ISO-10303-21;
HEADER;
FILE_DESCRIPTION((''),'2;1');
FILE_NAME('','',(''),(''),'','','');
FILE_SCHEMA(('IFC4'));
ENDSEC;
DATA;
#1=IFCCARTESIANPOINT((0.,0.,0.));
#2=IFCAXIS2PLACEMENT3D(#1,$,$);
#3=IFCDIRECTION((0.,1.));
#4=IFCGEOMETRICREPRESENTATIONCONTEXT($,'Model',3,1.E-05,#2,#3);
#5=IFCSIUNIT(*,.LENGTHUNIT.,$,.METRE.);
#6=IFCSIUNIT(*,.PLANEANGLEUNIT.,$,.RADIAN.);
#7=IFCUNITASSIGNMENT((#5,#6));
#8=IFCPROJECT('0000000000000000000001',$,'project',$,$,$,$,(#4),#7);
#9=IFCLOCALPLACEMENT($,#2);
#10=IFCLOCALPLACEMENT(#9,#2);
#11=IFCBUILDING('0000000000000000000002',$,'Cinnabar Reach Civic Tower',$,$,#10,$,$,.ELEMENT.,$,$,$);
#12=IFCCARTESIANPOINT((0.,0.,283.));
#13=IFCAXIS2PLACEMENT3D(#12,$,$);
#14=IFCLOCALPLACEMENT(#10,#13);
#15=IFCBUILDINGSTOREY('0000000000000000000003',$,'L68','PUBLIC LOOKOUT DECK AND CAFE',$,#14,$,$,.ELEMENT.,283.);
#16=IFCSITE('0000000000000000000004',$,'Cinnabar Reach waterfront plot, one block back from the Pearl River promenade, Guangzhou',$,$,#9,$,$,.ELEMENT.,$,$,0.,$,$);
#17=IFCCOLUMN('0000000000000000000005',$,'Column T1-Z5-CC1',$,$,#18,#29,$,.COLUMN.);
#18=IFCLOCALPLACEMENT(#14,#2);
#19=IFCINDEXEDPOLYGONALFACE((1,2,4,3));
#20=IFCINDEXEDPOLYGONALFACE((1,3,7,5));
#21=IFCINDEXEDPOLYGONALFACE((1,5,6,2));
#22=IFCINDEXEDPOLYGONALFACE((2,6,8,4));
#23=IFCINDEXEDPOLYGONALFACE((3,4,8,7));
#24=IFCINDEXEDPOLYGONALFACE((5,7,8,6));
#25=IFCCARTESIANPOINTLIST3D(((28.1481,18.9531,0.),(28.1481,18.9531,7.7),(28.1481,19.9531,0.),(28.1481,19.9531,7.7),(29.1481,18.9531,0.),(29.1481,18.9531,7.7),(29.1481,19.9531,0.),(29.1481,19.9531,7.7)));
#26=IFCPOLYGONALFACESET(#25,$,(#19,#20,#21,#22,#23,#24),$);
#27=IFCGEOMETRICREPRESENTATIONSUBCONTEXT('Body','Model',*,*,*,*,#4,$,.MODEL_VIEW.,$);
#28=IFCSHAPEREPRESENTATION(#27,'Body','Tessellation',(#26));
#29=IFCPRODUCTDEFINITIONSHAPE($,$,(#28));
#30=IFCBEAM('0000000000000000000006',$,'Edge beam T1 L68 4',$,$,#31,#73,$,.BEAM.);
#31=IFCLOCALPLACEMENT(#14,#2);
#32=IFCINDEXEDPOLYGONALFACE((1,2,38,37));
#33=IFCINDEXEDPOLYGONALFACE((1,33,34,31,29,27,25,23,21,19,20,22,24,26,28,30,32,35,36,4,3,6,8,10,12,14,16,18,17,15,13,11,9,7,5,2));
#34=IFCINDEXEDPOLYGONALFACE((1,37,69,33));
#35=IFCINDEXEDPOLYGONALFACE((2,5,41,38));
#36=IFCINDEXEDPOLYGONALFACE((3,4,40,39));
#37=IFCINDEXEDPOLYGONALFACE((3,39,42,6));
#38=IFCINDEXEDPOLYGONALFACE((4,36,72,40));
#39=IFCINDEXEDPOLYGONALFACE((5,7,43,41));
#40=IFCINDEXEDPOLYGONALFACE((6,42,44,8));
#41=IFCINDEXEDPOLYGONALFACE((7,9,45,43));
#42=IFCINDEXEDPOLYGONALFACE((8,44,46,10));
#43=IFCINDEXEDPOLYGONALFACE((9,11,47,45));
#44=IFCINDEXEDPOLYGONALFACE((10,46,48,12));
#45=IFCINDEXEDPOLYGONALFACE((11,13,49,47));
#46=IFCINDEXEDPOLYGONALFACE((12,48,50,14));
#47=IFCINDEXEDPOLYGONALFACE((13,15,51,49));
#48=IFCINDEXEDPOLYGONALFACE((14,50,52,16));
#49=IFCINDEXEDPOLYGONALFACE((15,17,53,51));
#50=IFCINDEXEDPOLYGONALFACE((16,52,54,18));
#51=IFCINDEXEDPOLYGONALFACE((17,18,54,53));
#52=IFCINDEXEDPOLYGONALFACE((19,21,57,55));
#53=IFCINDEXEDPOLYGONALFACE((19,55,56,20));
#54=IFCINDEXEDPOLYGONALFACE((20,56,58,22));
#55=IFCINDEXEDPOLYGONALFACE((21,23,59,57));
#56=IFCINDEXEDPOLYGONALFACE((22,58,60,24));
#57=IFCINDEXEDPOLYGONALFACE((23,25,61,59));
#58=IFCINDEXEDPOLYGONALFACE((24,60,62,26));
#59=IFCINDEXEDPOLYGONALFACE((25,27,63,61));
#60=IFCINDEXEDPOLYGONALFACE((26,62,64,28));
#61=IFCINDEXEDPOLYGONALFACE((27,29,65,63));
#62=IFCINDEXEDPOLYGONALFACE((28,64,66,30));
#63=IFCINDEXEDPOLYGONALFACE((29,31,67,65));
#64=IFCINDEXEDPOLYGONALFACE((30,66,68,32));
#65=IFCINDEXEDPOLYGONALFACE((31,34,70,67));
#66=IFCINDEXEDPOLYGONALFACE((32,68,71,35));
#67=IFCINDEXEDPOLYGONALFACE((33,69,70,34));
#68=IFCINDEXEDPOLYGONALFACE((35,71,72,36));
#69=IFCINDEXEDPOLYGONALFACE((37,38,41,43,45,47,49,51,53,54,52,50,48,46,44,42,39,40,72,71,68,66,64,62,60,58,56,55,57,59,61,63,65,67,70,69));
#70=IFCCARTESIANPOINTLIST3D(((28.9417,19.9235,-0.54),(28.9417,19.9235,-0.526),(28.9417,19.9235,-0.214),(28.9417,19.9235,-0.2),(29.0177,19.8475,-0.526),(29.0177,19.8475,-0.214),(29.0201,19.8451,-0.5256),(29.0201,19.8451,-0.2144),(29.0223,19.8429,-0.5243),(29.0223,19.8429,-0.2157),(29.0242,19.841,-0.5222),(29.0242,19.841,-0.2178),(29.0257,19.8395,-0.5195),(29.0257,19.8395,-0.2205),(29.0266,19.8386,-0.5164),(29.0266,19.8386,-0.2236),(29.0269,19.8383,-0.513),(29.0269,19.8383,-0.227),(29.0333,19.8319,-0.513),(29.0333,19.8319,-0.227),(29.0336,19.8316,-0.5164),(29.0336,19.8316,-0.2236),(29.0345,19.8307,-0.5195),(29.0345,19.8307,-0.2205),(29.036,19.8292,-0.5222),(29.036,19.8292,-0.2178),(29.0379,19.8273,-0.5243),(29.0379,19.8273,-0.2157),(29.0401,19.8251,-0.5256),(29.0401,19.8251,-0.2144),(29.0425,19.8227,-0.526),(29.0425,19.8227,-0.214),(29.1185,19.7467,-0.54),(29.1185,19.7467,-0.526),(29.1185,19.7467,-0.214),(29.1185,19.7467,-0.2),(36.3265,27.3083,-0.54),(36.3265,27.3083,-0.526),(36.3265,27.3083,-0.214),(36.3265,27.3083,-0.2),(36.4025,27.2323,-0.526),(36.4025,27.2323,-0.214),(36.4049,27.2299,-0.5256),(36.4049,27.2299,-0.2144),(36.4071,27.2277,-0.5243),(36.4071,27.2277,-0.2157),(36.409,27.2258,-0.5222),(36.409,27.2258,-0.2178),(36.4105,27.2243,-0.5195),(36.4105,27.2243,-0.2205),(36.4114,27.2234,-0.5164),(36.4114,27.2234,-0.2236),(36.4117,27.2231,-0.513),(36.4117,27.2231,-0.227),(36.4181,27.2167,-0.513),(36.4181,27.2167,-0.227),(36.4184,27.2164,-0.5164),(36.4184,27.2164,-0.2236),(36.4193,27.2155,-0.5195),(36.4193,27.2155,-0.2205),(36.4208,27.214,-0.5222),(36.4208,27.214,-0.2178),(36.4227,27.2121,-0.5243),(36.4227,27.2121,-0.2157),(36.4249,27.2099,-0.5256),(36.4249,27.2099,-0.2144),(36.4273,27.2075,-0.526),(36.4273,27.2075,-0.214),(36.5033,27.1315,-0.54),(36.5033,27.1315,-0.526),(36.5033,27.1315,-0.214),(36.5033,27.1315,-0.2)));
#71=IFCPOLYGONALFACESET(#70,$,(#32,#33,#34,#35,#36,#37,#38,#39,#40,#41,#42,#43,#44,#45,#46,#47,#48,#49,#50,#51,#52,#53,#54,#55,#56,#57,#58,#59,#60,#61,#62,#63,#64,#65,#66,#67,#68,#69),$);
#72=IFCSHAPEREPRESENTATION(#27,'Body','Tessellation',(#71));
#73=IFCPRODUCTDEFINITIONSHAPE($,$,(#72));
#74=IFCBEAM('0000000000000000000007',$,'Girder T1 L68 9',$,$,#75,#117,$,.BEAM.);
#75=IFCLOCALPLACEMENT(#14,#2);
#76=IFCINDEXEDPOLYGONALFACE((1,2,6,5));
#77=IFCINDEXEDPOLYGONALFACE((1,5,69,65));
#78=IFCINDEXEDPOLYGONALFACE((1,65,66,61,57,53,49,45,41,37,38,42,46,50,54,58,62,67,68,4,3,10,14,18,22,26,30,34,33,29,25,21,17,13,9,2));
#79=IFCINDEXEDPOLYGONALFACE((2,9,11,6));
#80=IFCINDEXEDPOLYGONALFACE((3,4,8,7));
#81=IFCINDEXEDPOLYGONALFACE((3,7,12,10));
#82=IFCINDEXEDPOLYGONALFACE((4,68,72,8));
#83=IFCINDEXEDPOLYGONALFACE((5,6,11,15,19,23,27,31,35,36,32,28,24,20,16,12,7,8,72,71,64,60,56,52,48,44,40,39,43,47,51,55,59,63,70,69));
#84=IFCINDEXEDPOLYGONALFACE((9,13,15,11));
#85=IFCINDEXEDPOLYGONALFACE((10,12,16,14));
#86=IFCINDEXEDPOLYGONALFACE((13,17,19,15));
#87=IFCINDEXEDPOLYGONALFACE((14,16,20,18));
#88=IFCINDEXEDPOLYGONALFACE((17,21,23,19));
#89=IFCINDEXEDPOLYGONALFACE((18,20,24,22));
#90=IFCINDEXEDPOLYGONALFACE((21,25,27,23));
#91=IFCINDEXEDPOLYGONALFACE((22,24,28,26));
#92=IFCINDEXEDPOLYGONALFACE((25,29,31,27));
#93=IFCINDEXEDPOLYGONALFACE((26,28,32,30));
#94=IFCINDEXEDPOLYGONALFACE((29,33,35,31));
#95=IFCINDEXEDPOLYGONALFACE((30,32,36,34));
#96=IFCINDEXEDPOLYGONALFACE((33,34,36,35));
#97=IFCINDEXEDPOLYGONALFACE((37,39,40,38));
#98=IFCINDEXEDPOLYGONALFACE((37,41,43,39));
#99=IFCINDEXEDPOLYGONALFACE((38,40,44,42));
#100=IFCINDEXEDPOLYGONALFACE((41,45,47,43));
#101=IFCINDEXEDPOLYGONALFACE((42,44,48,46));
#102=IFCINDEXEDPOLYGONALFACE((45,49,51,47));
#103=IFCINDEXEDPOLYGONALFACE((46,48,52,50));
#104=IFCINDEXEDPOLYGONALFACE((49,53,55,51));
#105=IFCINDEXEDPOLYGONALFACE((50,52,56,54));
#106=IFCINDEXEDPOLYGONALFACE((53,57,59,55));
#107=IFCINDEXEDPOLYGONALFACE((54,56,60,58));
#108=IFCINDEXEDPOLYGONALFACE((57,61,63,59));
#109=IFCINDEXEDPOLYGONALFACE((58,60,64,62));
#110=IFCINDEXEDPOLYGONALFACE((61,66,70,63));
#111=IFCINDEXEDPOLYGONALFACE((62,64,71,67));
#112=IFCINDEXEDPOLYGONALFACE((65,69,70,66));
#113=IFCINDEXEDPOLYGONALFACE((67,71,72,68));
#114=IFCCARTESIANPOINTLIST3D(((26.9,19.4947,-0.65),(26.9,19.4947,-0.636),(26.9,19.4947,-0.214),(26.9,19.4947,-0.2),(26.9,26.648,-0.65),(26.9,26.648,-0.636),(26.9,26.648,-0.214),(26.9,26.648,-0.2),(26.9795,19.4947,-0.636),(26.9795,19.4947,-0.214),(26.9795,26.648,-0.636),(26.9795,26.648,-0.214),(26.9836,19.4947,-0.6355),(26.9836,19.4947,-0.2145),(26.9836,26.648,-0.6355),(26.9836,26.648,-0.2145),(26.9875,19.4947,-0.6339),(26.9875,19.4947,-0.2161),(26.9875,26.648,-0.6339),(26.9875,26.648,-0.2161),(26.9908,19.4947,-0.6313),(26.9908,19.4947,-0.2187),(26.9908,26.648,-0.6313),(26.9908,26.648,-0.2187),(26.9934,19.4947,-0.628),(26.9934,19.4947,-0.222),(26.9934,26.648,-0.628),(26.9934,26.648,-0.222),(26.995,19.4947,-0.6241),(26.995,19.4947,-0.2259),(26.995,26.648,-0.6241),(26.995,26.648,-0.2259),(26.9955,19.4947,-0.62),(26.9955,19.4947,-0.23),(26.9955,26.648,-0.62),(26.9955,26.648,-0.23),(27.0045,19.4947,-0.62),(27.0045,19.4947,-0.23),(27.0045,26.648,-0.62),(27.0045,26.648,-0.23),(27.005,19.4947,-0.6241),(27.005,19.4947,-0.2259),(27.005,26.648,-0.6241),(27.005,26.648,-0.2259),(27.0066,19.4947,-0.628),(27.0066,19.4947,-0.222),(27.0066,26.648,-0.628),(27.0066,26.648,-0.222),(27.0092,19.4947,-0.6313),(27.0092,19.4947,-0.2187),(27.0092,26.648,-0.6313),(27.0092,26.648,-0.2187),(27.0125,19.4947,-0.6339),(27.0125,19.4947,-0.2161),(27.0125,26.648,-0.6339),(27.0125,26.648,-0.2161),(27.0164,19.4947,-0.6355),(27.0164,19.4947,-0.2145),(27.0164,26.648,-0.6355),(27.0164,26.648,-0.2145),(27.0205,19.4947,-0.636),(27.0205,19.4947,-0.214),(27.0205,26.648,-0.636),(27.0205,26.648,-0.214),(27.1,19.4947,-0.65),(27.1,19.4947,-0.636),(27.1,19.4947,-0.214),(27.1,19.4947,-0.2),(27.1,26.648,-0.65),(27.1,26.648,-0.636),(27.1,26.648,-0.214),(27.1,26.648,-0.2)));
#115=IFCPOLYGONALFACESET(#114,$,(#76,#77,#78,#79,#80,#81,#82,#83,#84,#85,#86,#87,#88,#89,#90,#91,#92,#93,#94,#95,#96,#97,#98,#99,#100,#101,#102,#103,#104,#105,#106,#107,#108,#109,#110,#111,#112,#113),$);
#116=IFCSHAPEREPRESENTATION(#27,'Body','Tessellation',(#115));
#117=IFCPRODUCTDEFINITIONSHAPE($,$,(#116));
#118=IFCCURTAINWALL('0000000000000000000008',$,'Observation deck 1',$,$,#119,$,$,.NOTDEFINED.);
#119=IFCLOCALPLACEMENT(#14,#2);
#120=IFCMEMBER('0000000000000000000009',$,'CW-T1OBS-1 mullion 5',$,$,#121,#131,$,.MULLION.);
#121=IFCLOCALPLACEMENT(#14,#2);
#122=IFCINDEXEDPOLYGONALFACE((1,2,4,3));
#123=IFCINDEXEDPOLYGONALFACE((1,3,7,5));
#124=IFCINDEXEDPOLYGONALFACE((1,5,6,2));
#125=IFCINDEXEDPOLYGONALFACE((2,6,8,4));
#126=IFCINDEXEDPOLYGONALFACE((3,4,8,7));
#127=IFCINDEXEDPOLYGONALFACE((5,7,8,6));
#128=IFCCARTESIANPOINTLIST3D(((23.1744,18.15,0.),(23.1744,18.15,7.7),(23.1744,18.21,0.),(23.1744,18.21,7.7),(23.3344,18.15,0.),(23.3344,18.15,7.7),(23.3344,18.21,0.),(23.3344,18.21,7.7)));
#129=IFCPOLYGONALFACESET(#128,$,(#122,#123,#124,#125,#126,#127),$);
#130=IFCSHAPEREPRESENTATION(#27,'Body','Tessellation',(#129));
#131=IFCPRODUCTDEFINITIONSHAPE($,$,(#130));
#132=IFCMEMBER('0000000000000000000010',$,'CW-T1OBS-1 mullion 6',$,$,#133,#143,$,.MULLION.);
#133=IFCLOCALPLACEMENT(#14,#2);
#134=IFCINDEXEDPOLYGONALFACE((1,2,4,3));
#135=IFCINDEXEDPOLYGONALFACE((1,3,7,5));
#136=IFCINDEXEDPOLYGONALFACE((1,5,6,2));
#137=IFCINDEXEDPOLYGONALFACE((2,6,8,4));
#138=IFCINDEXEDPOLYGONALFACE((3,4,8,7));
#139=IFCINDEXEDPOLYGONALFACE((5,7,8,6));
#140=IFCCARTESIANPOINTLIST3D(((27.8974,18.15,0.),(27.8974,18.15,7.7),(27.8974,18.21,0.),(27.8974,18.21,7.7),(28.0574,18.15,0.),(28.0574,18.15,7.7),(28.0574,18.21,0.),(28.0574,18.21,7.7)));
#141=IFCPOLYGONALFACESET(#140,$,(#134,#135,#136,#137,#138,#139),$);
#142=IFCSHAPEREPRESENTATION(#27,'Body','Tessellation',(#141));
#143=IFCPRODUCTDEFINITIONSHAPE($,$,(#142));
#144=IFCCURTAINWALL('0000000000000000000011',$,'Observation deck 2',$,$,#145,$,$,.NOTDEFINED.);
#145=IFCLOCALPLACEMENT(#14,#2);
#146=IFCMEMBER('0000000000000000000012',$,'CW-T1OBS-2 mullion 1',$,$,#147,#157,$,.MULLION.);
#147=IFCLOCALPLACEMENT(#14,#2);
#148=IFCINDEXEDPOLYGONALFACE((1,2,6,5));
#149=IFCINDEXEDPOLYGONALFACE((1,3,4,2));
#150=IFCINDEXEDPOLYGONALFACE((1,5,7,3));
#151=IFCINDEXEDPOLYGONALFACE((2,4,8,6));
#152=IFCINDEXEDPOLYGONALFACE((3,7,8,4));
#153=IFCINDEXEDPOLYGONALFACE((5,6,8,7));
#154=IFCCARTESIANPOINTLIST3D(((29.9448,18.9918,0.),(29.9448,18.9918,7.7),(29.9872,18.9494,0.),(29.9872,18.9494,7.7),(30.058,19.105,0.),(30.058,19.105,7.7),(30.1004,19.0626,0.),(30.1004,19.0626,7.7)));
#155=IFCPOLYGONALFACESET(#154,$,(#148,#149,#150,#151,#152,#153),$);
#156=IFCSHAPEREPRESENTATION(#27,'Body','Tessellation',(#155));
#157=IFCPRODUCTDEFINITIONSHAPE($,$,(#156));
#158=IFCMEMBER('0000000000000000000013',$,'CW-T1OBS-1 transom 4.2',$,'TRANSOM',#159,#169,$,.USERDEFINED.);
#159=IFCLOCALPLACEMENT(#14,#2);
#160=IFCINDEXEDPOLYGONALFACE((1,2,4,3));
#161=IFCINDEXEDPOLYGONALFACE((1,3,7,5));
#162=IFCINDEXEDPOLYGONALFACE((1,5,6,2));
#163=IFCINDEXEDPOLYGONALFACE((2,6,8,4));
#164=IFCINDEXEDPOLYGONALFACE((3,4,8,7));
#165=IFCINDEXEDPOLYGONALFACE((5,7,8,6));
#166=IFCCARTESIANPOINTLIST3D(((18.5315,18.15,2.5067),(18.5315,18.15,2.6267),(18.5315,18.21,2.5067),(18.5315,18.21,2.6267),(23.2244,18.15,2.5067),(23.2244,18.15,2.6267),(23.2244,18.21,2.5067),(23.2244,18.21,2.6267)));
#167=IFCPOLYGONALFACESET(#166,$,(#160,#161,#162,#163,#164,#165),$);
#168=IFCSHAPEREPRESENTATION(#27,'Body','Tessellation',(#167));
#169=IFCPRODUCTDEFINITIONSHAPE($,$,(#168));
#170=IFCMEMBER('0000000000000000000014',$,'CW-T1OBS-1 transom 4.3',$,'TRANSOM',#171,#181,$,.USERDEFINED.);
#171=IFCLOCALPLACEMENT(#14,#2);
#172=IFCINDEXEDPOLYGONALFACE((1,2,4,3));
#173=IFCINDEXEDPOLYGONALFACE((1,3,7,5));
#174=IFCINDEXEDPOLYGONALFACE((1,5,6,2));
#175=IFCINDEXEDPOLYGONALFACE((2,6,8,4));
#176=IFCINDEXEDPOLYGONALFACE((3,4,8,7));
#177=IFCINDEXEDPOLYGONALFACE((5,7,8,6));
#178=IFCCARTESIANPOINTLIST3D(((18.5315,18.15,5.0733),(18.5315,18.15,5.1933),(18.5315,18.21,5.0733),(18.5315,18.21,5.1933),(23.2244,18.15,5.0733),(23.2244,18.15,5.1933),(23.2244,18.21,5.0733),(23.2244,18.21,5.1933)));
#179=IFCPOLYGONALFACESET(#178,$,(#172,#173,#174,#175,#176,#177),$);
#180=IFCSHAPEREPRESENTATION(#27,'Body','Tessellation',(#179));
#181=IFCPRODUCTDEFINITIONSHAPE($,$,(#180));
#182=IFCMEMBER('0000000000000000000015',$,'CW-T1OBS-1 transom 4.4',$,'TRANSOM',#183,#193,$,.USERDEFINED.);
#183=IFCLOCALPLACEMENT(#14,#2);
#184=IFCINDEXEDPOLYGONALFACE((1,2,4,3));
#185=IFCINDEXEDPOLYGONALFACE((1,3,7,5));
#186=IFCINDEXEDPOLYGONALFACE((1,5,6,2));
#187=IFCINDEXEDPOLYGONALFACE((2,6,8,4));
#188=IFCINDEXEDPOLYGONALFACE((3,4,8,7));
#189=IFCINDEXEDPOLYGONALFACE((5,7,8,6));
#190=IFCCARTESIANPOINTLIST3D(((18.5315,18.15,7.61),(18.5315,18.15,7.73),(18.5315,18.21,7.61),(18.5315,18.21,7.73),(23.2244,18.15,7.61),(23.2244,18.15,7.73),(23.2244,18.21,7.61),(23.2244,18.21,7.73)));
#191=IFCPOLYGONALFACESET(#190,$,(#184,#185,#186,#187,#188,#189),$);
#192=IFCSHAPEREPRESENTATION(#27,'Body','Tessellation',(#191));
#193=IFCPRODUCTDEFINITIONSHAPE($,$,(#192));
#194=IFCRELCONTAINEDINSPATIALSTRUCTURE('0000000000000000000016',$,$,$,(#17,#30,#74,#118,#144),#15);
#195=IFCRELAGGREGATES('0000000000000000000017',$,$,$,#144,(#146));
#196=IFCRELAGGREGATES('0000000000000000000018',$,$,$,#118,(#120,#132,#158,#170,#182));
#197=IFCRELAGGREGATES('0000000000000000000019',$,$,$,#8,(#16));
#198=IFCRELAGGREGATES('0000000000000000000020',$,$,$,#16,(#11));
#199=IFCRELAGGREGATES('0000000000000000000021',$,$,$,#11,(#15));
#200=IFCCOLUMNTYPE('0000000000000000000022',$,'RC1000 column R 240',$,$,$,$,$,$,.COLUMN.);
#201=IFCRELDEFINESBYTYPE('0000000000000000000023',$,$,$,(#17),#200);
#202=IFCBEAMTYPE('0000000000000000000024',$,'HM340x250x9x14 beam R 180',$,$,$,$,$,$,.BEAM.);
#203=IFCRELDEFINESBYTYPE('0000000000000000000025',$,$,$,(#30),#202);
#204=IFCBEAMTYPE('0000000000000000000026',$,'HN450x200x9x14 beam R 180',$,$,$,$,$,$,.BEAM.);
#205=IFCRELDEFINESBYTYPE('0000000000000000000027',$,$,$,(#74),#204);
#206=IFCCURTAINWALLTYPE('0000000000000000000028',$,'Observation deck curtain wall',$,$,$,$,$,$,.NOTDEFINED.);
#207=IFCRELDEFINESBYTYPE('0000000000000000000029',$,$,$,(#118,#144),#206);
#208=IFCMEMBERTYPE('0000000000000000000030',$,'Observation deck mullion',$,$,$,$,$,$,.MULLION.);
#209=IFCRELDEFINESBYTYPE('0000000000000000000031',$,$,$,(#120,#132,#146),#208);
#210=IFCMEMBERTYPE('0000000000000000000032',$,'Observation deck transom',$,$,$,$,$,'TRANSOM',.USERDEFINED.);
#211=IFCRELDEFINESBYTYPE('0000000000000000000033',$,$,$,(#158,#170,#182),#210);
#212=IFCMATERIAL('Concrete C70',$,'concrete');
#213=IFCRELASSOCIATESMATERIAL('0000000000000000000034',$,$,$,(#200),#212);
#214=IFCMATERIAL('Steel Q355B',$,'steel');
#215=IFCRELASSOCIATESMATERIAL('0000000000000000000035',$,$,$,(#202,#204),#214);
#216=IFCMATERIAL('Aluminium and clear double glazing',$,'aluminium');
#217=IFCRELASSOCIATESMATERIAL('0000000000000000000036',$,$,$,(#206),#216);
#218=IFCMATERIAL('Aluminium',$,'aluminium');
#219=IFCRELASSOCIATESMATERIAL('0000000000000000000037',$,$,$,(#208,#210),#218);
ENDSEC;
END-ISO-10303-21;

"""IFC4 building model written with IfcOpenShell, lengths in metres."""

from ifc_helpers import new_model, si_unit, direction, frame, origin, origin_2d, place, context, subcontext, project, spatial, rectangle, i_section, extrude, material, material_profile, profile_set, type_object, element, aggregate, save


model = new_model("IFC4")

# Units and contexts
model_context = context("Model", 3, precision=1e-05, world=origin(), true_north=direction((0.0, 1.0)))
body_context = subcontext(model_context, "Body", "Model", "MODEL_VIEW")
ifc_project = project(units=[si_unit("LENGTHUNIT", "METRE"), si_unit("PLANEANGLEUNIT", "RADIAN")], contexts=[model_context])

# Site, building, storey
site_placement = place(None, origin())
site = spatial("IfcSite", under=ifc_project, at=site_placement, Name="Cinnabar Reach waterfront plot, one block back from the Pearl River promenade, Guangzhou", CompositionType="ELEMENT", RefElevation=0.0)
building_placement = place(site_placement, origin())
building = spatial("IfcBuilding", under=site, at=building_placement, Name="Cinnabar Reach Civic Tower", CompositionType="ELEMENT")
storey_placement = place(building_placement, frame((0.0, 0.0, 283.0)))
storey = spatial("IfcBuildingStorey", under=building, at=storey_placement, Name="L68", Description="PUBLIC LOOKOUT DECK AND CAFE", CompositionType="ELEMENT", Elevation=283.0)

# Column
ifc_material_1 = material(Name="Concrete C70", Category="concrete")
ifc_material_profile_1 = material_profile(ifc_material_1, rectangle(XDim=1.0, YDim=1.0, at=origin_2d()), Name="RC1000")
ifc_profile_set_1 = profile_set([ifc_material_profile_1], Name="Concrete C70")
column_type = type_object("IfcColumnType", Name="RC1000 column R 240", PredefinedType="COLUMN", material=ifc_profile_set_1)
column_placement = place(storey_placement, frame((28.6481, 19.4531, 0.0), z_axis=(0.0, 0.0, 1.0), x_axis=(1.0, 0.0, 0.0)))
element("IfcColumn", 1, at=column_placement, inside=storey, type_object=column_type, Name="Column T1-Z5-CC1", PredefinedType="COLUMN", context=body_context, shape_type="SweptSolid", body=[
    extrude(rectangle(XDim=1.0, YDim=1.0, at=origin_2d()), origin(), (0.0, 0.0, 1.0), 7.7),
])

# Beams
ifc_material_2 = material(Name="Steel Q355B", Category="steel")
ifc_material_profile_2 = material_profile(ifc_material_2, i_section(OverallWidth=0.25, OverallDepth=0.34, WebThickness=0.009, FlangeThickness=0.014, FilletRadius=0.013, at=origin_2d()), Name="HM340x250x9x14")
ifc_profile_set_2 = profile_set([ifc_material_profile_2], Name="Steel Q355B")
beam_type_1 = type_object("IfcBeamType", Name="HM340x250x9x14 beam R 180", PredefinedType="BEAM", material=ifc_profile_set_2)
beam_1_placement = place(storey_placement, frame((29.0301, 19.8351, -0.37), z_axis=(0.707107, 0.707107, 0.0), x_axis=(-0.707107, 0.707107, 0.0)))
element("IfcBeam", 2, at=beam_1_placement, inside=storey, type_object=beam_type_1, Name="Edge beam T1 L68 4", PredefinedType="BEAM", context=body_context, shape_type="SweptSolid", body=[
    extrude(i_section(OverallWidth=0.25, OverallDepth=0.34, WebThickness=0.009, FlangeThickness=0.014, FilletRadius=0.013, at=origin_2d()), origin(), (0.0, 0.0, 1.0), 10.4437),
])
ifc_material_profile_3 = material_profile(ifc_material_2, i_section(OverallWidth=0.2, OverallDepth=0.45, WebThickness=0.009, FlangeThickness=0.014, FilletRadius=0.016, at=origin_2d()), Name="HN450x200x9x14")
ifc_profile_set_3 = profile_set([ifc_material_profile_3], Name="Steel Q355B")
beam_type_2 = type_object("IfcBeamType", Name="HN450x200x9x14 beam R 180", PredefinedType="BEAM", material=ifc_profile_set_3)
beam_2_placement = place(storey_placement, frame((27.0, 19.4947, -0.425), z_axis=(0.0, 1.0, 0.0), x_axis=(-1.0, 0.0, 0.0)))
element("IfcBeam", 3, at=beam_2_placement, inside=storey, type_object=beam_type_2, Name="Girder T1 L68 9", PredefinedType="BEAM", context=body_context, shape_type="SweptSolid", body=[
    extrude(i_section(OverallWidth=0.2, OverallDepth=0.45, WebThickness=0.009, FlangeThickness=0.014, FilletRadius=0.016, at=origin_2d()), origin(), (0.0, 0.0, 1.0), 7.1533),
])

# Curtain wall, members
ifc_material_3 = material(Name="Aluminium and clear double glazing", Category="aluminium")
curtain_wall_type = type_object("IfcCurtainWallType", Name="Observation deck curtain wall", PredefinedType="NOTDEFINED", material=ifc_material_3)
curtain_wall_1_placement = place(storey_placement, origin())
curtain_wall_1 = element("IfcCurtainWall", 4, at=curtain_wall_1_placement, inside=storey, type_object=curtain_wall_type, Name="Observation deck 1", PredefinedType="NOTDEFINED")
ifc_material_4 = material(Name="Aluminium", Category="aluminium")
ifc_material_profile_4 = material_profile(ifc_material_4, rectangle(XDim=0.06, YDim=0.16, at=origin_2d()), Name="Observation deck mullion")
ifc_profile_set_4 = profile_set([ifc_material_profile_4], Name="Aluminium")
member_type_1 = type_object("IfcMemberType", Name="Observation deck mullion", PredefinedType="MULLION", material=ifc_profile_set_4)
member_1_placement = place(storey_placement, frame((23.2544, 18.18, 0.0), z_axis=(0.0, 0.0, 1.0), x_axis=(0.0, 1.0, 0.0)))
member_1 = element("IfcMember", 5, at=member_1_placement, type_object=member_type_1, Name="CW-T1OBS-1 mullion 5", PredefinedType="MULLION", context=body_context, shape_type="SweptSolid", body=[
    extrude(rectangle(XDim=0.06, YDim=0.16, at=origin_2d()), origin(), (0.0, 0.0, 1.0), 7.7),
])
member_2_placement = place(storey_placement, frame((27.9774, 18.18, 0.0), z_axis=(0.0, 0.0, 1.0), x_axis=(0.0, 1.0, 0.0)))
member_2 = element("IfcMember", 6, at=member_2_placement, type_object=member_type_1, Name="CW-T1OBS-1 mullion 6", PredefinedType="MULLION", context=body_context, shape_type="SweptSolid", body=[
    extrude(rectangle(XDim=0.06, YDim=0.16, at=origin_2d()), origin(), (0.0, 0.0, 1.0), 7.7),
])

# Curtain wall, member
curtain_wall_2_placement = place(storey_placement, origin())
curtain_wall_2 = element("IfcCurtainWall", 7, at=curtain_wall_2_placement, inside=storey, type_object=curtain_wall_type, Name="Observation deck 2", PredefinedType="NOTDEFINED")
member_3_placement = place(storey_placement, frame((30.0226, 19.0272, 0.0), z_axis=(0.0, 0.0, 1.0), x_axis=(-0.707107, 0.707107, 0.0)))
member_3 = element("IfcMember", 8, at=member_3_placement, type_object=member_type_1, Name="CW-T1OBS-2 mullion 1", PredefinedType="MULLION", context=body_context, shape_type="SweptSolid", body=[
    extrude(rectangle(XDim=0.06, YDim=0.16, at=origin_2d()), origin(), (0.0, 0.0, 1.0), 7.7),
])

# Members
ifc_material_profile_5 = material_profile(ifc_material_4, rectangle(XDim=0.06, YDim=0.12, at=origin_2d()), Name="Observation deck transom")
ifc_profile_set_5 = profile_set([ifc_material_profile_5], Name="Aluminium")
member_type_2 = type_object("IfcMemberType", Name="Observation deck transom", ElementType="TRANSOM", PredefinedType="USERDEFINED", material=ifc_profile_set_5)
member_4_placement = place(storey_placement, frame((18.5315, 18.18, 2.5667), z_axis=(1.0, 0.0, 0.0), x_axis=(0.0, 1.0, 0.0)))
member_4 = element("IfcMember", 9, at=member_4_placement, type_object=member_type_2, Name="CW-T1OBS-1 transom 4.2", ObjectType="TRANSOM", PredefinedType="USERDEFINED", context=body_context, shape_type="SweptSolid", body=[
    extrude(rectangle(XDim=0.06, YDim=0.12, at=origin_2d()), origin(), (0.0, 0.0, 1.0), 4.6929),
])
member_5_placement = place(storey_placement, frame((18.5315, 18.18, 5.1333), z_axis=(1.0, 0.0, 0.0), x_axis=(0.0, 1.0, 0.0)))
member_5 = element("IfcMember", 10, at=member_5_placement, type_object=member_type_2, Name="CW-T1OBS-1 transom 4.3", ObjectType="TRANSOM", PredefinedType="USERDEFINED", context=body_context, shape_type="SweptSolid", body=[
    extrude(rectangle(XDim=0.06, YDim=0.12, at=origin_2d()), origin(), (0.0, 0.0, 1.0), 4.6929),
])
member_6_placement = place(storey_placement, frame((18.5315, 18.18, 7.67), z_axis=(1.0, 0.0, 0.0), x_axis=(0.0, 1.0, 0.0)))
member_6 = element("IfcMember", 11, at=member_6_placement, type_object=member_type_2, Name="CW-T1OBS-1 transom 4.4", ObjectType="TRANSOM", PredefinedType="USERDEFINED", context=body_context, shape_type="SweptSolid", body=[
    extrude(rectangle(XDim=0.06, YDim=0.12, at=origin_2d()), origin(), (0.0, 0.0, 1.0), 4.6929),
])
aggregate(curtain_wall_2, [member_3])

aggregate(curtain_wall_1, [member_1, member_2, member_4, member_5, member_6])

save(model, "model.ifc")
